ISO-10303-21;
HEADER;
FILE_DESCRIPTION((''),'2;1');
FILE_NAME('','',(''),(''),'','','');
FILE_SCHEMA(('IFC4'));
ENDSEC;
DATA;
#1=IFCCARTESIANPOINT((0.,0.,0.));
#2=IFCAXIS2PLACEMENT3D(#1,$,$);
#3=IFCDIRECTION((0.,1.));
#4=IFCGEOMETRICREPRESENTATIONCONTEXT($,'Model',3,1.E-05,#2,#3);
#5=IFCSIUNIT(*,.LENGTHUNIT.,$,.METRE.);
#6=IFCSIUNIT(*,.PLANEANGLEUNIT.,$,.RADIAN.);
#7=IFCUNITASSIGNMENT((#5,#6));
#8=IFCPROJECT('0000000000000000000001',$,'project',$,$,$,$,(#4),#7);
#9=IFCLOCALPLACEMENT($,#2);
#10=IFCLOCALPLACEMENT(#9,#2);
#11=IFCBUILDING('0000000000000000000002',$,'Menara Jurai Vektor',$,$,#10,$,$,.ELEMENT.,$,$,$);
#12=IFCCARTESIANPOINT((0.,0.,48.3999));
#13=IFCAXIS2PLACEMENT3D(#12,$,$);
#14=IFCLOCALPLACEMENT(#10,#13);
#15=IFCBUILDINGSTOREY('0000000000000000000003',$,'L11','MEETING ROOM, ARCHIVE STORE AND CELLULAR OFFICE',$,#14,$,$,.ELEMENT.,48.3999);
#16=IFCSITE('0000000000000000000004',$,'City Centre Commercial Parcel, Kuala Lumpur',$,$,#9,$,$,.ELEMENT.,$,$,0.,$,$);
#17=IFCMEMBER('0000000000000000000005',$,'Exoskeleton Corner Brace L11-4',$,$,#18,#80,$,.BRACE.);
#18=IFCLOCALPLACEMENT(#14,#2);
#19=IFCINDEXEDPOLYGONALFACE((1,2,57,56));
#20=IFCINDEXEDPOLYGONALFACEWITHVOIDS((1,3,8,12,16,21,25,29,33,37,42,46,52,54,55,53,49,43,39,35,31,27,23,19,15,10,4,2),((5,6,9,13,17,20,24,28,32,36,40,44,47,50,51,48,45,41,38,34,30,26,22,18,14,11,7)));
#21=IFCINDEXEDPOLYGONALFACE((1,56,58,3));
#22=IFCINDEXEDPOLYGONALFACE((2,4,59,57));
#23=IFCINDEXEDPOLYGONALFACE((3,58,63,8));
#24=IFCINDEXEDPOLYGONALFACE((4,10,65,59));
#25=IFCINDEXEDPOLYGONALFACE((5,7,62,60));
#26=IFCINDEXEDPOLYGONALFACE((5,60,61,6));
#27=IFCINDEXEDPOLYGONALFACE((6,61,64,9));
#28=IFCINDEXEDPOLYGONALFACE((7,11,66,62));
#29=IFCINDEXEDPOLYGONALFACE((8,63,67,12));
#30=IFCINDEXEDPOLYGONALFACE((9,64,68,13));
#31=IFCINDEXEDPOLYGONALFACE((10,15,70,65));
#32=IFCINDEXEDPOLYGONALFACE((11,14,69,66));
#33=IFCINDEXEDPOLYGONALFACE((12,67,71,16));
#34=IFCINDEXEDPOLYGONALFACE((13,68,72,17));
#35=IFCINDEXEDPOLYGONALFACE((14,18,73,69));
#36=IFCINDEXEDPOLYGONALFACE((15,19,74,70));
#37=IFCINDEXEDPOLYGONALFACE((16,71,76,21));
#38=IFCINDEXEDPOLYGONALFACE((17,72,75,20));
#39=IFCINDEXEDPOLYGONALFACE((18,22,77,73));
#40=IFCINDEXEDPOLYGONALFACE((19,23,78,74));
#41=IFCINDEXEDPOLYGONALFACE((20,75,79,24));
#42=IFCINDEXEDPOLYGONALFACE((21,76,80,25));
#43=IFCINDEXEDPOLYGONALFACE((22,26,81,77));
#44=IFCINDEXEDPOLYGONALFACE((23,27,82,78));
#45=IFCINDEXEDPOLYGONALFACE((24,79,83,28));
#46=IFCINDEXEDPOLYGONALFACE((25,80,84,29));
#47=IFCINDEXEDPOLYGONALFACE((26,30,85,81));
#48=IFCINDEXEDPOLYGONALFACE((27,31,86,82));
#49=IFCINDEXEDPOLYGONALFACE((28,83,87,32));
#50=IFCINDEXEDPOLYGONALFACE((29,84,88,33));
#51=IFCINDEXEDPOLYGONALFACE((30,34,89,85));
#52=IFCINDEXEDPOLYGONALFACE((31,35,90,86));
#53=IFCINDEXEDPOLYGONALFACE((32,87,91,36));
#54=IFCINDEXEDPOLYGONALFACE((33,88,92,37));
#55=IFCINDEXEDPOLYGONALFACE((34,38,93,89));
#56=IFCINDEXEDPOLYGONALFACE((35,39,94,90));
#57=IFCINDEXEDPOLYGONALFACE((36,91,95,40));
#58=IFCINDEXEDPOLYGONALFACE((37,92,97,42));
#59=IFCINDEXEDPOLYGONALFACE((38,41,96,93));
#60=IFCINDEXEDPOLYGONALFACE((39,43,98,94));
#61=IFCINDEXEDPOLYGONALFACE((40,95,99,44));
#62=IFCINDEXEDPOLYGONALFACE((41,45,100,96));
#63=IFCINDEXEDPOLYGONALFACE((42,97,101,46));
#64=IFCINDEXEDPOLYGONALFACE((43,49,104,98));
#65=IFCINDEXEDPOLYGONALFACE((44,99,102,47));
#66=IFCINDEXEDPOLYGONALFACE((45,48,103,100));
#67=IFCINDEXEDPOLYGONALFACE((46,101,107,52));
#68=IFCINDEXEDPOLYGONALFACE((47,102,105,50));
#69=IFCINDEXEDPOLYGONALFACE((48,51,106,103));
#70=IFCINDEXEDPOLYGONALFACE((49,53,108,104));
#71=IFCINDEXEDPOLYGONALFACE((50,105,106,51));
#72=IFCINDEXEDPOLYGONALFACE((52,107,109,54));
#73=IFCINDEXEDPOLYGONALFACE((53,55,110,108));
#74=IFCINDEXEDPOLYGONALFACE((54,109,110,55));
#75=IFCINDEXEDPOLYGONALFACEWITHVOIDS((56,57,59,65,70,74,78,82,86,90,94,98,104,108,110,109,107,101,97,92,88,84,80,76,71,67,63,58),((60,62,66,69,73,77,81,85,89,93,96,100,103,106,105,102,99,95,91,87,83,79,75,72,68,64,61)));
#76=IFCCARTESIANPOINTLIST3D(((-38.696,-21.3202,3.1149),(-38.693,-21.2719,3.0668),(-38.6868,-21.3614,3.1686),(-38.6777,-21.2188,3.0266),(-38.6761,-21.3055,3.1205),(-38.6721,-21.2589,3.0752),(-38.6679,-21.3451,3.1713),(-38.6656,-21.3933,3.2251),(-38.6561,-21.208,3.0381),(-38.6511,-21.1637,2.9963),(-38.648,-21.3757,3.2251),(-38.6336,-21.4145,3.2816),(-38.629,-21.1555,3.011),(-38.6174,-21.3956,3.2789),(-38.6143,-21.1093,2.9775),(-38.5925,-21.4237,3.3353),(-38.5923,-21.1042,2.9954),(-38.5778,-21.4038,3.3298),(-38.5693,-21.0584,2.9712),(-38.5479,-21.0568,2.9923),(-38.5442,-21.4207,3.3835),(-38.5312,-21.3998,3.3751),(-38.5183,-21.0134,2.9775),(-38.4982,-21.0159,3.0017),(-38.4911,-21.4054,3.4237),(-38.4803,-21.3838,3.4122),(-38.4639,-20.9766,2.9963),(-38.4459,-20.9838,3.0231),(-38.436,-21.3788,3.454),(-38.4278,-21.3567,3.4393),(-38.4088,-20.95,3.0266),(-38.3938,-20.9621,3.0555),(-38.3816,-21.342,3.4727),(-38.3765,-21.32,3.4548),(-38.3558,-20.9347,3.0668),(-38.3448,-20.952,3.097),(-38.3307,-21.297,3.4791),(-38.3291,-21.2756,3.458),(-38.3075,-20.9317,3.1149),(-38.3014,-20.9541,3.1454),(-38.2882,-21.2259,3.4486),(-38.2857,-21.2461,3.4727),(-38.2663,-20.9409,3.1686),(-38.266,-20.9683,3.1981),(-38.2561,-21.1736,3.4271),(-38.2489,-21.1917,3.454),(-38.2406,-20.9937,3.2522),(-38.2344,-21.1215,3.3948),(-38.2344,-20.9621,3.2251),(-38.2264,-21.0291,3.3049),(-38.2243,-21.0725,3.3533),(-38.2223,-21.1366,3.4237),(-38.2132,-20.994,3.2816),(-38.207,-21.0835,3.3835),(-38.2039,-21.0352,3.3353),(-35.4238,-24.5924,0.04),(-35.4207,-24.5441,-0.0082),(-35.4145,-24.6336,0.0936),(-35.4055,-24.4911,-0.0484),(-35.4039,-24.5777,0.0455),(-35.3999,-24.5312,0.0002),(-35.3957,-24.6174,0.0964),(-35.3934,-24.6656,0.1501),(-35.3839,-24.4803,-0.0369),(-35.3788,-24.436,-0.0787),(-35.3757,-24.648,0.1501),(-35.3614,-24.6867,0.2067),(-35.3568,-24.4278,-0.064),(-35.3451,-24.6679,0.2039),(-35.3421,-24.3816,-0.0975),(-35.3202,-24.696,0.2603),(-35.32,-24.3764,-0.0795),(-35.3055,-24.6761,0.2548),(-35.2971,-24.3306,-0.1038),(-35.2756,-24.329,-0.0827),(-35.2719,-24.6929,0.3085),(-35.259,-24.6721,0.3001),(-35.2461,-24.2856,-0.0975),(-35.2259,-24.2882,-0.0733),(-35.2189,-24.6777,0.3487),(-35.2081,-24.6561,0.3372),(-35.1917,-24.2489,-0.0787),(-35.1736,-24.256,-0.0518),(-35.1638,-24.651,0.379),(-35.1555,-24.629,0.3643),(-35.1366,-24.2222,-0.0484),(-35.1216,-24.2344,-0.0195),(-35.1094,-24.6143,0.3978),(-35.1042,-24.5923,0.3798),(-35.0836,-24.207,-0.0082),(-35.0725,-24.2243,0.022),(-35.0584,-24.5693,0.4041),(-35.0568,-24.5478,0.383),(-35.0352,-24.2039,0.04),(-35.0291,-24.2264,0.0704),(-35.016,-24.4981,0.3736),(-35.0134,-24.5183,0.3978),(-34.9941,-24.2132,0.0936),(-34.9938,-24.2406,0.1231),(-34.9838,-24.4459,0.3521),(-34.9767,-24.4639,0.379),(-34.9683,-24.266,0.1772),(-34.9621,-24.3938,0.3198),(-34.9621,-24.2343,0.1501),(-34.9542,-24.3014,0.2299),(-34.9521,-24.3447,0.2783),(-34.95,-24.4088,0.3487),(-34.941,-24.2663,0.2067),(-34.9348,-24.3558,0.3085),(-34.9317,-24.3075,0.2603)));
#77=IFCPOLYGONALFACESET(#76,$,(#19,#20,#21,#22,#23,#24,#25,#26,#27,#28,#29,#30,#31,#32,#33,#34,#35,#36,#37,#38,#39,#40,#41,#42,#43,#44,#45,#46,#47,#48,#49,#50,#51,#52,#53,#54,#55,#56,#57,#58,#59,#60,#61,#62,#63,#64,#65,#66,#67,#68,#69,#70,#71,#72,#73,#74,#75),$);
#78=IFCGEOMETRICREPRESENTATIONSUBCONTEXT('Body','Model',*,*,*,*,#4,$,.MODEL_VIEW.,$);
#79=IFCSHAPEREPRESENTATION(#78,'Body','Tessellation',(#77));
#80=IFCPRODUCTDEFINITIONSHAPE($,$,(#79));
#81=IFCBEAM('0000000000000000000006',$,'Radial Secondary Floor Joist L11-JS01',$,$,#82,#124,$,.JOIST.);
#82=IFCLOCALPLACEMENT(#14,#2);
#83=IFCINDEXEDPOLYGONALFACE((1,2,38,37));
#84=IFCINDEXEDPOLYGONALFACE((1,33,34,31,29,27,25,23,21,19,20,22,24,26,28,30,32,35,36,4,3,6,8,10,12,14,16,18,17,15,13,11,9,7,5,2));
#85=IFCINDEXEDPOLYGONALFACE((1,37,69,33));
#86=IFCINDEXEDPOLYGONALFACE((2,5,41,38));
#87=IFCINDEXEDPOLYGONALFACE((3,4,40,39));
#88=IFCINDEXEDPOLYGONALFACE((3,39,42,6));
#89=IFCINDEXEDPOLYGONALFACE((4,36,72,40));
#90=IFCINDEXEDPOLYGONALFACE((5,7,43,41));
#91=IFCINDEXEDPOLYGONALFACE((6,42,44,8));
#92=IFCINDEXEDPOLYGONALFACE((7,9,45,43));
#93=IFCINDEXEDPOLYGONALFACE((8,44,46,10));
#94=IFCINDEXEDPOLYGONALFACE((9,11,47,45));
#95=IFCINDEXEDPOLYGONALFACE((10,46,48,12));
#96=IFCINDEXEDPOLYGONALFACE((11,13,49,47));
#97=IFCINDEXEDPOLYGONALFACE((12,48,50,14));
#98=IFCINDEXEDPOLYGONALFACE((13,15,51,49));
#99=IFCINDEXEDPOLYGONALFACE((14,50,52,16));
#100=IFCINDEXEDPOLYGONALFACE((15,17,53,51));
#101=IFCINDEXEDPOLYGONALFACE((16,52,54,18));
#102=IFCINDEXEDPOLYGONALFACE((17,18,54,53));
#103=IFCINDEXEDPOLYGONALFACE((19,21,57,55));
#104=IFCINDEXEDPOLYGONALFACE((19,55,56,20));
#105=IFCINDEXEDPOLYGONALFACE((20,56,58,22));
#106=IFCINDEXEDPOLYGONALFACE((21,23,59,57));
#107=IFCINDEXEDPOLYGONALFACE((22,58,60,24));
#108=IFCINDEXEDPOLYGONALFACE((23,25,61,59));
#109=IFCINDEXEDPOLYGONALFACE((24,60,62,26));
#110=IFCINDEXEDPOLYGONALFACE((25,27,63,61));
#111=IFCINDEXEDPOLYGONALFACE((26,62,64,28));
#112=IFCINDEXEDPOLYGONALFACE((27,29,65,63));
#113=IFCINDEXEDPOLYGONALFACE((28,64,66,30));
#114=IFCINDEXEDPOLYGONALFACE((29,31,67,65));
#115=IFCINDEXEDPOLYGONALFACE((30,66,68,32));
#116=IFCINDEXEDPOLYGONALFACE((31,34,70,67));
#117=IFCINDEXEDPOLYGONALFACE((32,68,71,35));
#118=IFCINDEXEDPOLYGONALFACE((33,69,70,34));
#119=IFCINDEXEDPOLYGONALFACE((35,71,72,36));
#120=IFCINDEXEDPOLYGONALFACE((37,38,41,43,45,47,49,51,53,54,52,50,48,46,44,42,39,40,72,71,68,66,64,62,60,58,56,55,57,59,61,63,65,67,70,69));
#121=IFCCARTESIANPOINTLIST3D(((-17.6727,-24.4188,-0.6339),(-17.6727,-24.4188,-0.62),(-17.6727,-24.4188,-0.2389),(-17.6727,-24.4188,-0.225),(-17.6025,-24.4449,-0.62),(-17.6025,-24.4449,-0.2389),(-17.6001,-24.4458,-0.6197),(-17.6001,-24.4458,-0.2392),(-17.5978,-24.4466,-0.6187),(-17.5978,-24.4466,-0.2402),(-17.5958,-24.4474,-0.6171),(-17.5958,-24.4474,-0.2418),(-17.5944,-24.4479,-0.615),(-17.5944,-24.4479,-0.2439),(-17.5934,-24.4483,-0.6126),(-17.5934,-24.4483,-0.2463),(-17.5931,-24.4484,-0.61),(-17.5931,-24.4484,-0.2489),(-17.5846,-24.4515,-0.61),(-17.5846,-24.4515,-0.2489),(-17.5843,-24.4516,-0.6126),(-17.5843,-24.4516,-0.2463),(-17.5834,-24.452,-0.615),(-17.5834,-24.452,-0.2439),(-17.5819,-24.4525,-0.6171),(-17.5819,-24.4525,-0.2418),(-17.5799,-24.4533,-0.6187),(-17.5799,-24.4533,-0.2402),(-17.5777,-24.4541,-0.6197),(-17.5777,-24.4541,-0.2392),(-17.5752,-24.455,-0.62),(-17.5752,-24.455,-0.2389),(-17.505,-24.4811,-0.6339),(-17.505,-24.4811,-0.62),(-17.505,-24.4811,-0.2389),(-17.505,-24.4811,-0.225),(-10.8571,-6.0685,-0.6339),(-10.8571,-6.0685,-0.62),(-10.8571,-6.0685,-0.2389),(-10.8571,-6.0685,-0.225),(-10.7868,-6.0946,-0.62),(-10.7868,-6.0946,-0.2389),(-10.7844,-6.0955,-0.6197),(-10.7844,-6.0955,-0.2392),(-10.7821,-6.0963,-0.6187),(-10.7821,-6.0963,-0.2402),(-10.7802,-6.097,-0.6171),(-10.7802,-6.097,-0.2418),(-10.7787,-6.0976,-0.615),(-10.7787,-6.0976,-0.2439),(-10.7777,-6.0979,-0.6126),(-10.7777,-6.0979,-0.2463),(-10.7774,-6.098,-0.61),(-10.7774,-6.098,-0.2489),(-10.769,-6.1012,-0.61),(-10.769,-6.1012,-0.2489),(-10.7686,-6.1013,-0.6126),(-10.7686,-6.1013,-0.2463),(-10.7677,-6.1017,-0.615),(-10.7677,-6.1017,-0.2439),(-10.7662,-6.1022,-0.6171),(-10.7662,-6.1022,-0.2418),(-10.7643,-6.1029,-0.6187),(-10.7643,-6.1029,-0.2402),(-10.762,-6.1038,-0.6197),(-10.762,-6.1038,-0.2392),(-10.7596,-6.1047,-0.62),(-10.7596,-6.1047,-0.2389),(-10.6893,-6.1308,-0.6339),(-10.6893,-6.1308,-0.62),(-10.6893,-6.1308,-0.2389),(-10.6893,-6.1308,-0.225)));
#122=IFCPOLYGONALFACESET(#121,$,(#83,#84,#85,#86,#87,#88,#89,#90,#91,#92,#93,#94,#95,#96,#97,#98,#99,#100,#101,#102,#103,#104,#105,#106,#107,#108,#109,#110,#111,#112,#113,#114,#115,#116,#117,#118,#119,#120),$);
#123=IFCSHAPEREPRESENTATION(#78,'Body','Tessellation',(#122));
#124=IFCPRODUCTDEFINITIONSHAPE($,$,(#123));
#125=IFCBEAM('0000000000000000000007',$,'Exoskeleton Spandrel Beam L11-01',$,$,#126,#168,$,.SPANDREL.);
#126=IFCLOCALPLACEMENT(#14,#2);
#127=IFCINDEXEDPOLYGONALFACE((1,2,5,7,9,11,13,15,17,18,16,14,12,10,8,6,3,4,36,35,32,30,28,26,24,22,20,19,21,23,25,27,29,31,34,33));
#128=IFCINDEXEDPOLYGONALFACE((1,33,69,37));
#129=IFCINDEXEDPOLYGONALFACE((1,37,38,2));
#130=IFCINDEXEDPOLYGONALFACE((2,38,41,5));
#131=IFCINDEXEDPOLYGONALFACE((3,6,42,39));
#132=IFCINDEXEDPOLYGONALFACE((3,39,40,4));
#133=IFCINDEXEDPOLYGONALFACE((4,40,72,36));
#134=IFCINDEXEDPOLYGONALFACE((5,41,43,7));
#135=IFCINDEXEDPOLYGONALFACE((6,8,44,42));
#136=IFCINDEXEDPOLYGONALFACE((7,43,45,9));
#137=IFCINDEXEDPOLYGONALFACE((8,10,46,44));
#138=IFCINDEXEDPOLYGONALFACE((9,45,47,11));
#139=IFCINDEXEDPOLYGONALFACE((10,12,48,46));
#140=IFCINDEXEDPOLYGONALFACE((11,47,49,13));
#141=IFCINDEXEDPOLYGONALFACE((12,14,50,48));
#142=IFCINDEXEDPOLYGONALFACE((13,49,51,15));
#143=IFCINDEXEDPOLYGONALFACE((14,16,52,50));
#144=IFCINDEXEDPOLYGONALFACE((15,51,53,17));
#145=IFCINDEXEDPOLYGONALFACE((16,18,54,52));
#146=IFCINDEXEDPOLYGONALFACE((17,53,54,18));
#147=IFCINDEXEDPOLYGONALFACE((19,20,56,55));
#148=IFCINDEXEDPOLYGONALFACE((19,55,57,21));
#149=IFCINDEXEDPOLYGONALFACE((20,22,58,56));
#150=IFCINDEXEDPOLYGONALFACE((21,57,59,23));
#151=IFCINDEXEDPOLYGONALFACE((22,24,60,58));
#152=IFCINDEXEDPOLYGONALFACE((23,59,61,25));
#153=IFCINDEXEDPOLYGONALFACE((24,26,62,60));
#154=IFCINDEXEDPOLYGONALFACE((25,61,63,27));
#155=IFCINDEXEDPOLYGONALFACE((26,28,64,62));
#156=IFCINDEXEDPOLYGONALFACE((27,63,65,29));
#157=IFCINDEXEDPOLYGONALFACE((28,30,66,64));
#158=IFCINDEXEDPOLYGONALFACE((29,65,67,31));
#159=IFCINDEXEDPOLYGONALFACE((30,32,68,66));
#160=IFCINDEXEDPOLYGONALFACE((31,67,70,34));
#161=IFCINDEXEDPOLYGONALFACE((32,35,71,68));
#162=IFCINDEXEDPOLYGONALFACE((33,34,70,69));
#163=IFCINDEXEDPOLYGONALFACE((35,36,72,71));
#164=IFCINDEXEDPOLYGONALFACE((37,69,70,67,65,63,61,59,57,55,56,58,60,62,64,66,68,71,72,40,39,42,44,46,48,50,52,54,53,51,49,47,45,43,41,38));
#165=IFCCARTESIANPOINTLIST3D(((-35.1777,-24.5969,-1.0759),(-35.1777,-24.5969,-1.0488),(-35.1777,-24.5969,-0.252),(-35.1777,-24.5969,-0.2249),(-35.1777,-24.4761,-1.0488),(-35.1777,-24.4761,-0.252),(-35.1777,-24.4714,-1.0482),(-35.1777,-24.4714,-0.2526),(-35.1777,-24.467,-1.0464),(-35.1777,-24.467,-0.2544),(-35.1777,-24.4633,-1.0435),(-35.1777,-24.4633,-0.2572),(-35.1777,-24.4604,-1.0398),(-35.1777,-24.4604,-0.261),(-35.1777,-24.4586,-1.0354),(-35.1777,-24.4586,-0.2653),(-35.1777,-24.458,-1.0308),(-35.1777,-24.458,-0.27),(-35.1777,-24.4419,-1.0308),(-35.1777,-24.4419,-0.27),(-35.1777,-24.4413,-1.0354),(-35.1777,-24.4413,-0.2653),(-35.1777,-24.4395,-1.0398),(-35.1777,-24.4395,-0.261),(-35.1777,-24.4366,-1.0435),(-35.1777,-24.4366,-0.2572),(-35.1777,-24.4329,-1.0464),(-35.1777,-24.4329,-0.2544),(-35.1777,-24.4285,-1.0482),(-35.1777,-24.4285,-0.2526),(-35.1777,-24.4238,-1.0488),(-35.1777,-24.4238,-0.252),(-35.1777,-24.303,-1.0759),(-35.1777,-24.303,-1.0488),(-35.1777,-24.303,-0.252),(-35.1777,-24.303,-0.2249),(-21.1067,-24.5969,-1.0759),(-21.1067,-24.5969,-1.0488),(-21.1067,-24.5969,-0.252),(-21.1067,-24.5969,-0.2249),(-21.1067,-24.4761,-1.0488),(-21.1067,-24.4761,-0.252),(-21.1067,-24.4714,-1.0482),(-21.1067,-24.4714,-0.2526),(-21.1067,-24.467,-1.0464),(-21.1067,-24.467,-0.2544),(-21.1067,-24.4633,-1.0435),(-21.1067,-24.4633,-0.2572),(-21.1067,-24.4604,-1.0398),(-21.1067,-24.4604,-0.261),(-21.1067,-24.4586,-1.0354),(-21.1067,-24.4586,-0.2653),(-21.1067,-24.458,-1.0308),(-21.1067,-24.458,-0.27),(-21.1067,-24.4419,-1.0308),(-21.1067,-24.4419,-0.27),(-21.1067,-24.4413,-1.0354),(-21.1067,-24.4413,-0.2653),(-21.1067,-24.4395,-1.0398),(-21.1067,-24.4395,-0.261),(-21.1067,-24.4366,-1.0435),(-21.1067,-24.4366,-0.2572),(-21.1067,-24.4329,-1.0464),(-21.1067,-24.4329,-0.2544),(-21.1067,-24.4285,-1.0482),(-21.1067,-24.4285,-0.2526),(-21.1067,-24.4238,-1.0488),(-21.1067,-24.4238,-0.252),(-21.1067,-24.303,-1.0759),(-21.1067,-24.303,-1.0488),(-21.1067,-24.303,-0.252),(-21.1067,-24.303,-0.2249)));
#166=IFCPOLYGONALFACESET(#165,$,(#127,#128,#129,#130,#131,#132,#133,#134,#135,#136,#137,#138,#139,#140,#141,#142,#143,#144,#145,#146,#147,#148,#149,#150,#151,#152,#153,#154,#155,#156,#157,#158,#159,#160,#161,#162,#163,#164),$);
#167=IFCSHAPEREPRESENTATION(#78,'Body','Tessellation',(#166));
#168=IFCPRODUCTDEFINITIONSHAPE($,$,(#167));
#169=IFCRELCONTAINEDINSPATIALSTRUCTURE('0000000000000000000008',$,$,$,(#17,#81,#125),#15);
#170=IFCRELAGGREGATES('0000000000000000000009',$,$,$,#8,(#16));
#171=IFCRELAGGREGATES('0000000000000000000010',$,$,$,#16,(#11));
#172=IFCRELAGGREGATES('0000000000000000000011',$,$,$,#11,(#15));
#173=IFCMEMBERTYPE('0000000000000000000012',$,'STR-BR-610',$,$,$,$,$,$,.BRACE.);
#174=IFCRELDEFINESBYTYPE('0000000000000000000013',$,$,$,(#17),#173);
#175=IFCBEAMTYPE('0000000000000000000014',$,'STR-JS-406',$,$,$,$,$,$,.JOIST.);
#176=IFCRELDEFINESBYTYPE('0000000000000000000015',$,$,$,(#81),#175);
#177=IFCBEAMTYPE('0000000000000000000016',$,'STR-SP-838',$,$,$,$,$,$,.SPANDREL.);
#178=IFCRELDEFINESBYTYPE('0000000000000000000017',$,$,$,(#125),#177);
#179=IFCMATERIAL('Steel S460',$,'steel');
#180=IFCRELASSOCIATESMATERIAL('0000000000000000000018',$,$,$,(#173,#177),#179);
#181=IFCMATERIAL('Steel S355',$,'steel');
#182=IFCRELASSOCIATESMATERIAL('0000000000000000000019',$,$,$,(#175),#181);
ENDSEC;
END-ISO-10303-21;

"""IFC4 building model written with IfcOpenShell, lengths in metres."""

from ifc_helpers import new_model, si_unit, direction, frame, origin, origin_2d, place, context, subcontext, project, spatial, hollow_circle, i_section, extrude, material, material_profile, profile_set, type_object, element, save


model = new_model("IFC4")

# Units and contexts
model_context = context("Model", 3, precision=1e-05, world=origin(), true_north=direction((0.0, 1.0)))
body_context = subcontext(model_context, "Body", "Model", "MODEL_VIEW")
ifc_project = project(units=[si_unit("LENGTHUNIT", "METRE"), si_unit("PLANEANGLEUNIT", "RADIAN")], contexts=[model_context])

# Site, building, storey
site_placement = place(None, origin())
site = spatial("IfcSite", under=ifc_project, at=site_placement, Name="City Centre Commercial Parcel, Kuala Lumpur", CompositionType="ELEMENT", RefElevation=0.0)
building_placement = place(site_placement, origin())
building = spatial("IfcBuilding", under=site, at=building_placement, Name="Menara Jurai Vektor", CompositionType="ELEMENT")
storey_placement = place(building_placement, frame((0.0, 0.0, 48.3999)))
storey = spatial("IfcBuildingStorey", under=building, at=storey_placement, Name="L11", Description="MEETING ROOM, ARCHIVE STORE AND CELLULAR OFFICE", CompositionType="ELEMENT", Elevation=48.3999)

# Shared definitions
ifc_material_1 = material(Name="Steel S460", Category="steel")

# Shared definitions
ifc_material_2 = material(Name="Steel S355", Category="steel")

# Member
ifc_material_profile_1 = material_profile(ifc_material_1, hollow_circle(Radius=0.3049, WallThickness=0.0249, at=origin_2d()), Name="CHS 610x25")
ifc_profile_set_1 = profile_set([ifc_material_profile_1], Name="Steel S460")
member_type_1 = type_object("IfcMemberType", Name="STR-BR-610", PredefinedType="BRACE", material=ifc_profile_set_1)
member_1_placement = place(storey_placement, frame((-35.1777, -24.45, 0.1501), z_axis=(-0.588942, 0.588942, 0.553438), x_axis=(-0.707107, -0.707107, 0.0)))
element("IfcMember", 1, at=member_1_placement, inside=storey, type_object=member_type_1, Name="Exoskeleton Corner Brace L11-4", PredefinedType="BRACE", context=body_context, shape_type="SweptSolid", body=[
    extrude(hollow_circle(Radius=0.3049, WallThickness=0.0249, at=origin_2d()), origin(), (0.0, 0.0, 1.0), 5.5562),
])

# Beams
ifc_material_profile_2 = material_profile(ifc_material_2, i_section(OverallWidth=0.179, OverallDepth=0.4089, WebThickness=0.009, FlangeThickness=0.0139, FilletRadius=0.01, at=origin_2d()), Name="UKB 406x178x67")
ifc_profile_set_2 = profile_set([ifc_material_profile_2], Name="Steel S355")
beam_type_1 = type_object("IfcBeamType", Name="STR-JS-406", PredefinedType="JOIST", material=ifc_profile_set_2)
beam_1_placement = place(storey_placement, frame((-17.5889, -24.45, -0.4294), z_axis=(0.348179, 0.937428, 0.0), x_axis=(-0.937428, 0.348179, 0.0)))
element("IfcBeam", 2, at=beam_1_placement, inside=storey, type_object=beam_type_1, Name="Radial Secondary Floor Joist L11-JS01", PredefinedType="JOIST", context=body_context, shape_type="SweptSolid", body=[
    extrude(i_section(OverallWidth=0.179, OverallDepth=0.4089, WebThickness=0.009, FlangeThickness=0.0139, FilletRadius=0.01, at=origin_2d()), origin(), (0.0, 0.0, 1.0), 19.5752),
])
ifc_material_profile_3 = material_profile(ifc_material_1, i_section(OverallWidth=0.2939, OverallDepth=0.8511, WebThickness=0.0161, FlangeThickness=0.0271, FilletRadius=0.0181, at=origin_2d()), Name="UKB 838x292x226")
ifc_profile_set_3 = profile_set([ifc_material_profile_3], Name="Steel S460")
beam_type_2 = type_object("IfcBeamType", Name="STR-SP-838", PredefinedType="SPANDREL", material=ifc_profile_set_3)
for number, where, z_axis, x_axis, name in (
    (3, (-35.1777, -24.45, -0.6504), (1.0, 0.0, 0.0), (0.0, 1.0, 0.0), "Exoskeleton Spandrel Beam L11-01"),
):
    element("IfcBeam", number, at=place(storey_placement, frame(where, z_axis=z_axis, x_axis=x_axis)), inside=storey, type_object=beam_type_2, Name=name, PredefinedType="SPANDREL", context=body_context, shape_type="SweptSolid", body=[
        extrude(i_section(OverallWidth=0.2939, OverallDepth=0.8511, WebThickness=0.0161, FlangeThickness=0.0271, FilletRadius=0.0181, at=origin_2d()), origin(), (0.0, 0.0, 1.0), 14.071),
    ])

save(model, "model.ifc")
